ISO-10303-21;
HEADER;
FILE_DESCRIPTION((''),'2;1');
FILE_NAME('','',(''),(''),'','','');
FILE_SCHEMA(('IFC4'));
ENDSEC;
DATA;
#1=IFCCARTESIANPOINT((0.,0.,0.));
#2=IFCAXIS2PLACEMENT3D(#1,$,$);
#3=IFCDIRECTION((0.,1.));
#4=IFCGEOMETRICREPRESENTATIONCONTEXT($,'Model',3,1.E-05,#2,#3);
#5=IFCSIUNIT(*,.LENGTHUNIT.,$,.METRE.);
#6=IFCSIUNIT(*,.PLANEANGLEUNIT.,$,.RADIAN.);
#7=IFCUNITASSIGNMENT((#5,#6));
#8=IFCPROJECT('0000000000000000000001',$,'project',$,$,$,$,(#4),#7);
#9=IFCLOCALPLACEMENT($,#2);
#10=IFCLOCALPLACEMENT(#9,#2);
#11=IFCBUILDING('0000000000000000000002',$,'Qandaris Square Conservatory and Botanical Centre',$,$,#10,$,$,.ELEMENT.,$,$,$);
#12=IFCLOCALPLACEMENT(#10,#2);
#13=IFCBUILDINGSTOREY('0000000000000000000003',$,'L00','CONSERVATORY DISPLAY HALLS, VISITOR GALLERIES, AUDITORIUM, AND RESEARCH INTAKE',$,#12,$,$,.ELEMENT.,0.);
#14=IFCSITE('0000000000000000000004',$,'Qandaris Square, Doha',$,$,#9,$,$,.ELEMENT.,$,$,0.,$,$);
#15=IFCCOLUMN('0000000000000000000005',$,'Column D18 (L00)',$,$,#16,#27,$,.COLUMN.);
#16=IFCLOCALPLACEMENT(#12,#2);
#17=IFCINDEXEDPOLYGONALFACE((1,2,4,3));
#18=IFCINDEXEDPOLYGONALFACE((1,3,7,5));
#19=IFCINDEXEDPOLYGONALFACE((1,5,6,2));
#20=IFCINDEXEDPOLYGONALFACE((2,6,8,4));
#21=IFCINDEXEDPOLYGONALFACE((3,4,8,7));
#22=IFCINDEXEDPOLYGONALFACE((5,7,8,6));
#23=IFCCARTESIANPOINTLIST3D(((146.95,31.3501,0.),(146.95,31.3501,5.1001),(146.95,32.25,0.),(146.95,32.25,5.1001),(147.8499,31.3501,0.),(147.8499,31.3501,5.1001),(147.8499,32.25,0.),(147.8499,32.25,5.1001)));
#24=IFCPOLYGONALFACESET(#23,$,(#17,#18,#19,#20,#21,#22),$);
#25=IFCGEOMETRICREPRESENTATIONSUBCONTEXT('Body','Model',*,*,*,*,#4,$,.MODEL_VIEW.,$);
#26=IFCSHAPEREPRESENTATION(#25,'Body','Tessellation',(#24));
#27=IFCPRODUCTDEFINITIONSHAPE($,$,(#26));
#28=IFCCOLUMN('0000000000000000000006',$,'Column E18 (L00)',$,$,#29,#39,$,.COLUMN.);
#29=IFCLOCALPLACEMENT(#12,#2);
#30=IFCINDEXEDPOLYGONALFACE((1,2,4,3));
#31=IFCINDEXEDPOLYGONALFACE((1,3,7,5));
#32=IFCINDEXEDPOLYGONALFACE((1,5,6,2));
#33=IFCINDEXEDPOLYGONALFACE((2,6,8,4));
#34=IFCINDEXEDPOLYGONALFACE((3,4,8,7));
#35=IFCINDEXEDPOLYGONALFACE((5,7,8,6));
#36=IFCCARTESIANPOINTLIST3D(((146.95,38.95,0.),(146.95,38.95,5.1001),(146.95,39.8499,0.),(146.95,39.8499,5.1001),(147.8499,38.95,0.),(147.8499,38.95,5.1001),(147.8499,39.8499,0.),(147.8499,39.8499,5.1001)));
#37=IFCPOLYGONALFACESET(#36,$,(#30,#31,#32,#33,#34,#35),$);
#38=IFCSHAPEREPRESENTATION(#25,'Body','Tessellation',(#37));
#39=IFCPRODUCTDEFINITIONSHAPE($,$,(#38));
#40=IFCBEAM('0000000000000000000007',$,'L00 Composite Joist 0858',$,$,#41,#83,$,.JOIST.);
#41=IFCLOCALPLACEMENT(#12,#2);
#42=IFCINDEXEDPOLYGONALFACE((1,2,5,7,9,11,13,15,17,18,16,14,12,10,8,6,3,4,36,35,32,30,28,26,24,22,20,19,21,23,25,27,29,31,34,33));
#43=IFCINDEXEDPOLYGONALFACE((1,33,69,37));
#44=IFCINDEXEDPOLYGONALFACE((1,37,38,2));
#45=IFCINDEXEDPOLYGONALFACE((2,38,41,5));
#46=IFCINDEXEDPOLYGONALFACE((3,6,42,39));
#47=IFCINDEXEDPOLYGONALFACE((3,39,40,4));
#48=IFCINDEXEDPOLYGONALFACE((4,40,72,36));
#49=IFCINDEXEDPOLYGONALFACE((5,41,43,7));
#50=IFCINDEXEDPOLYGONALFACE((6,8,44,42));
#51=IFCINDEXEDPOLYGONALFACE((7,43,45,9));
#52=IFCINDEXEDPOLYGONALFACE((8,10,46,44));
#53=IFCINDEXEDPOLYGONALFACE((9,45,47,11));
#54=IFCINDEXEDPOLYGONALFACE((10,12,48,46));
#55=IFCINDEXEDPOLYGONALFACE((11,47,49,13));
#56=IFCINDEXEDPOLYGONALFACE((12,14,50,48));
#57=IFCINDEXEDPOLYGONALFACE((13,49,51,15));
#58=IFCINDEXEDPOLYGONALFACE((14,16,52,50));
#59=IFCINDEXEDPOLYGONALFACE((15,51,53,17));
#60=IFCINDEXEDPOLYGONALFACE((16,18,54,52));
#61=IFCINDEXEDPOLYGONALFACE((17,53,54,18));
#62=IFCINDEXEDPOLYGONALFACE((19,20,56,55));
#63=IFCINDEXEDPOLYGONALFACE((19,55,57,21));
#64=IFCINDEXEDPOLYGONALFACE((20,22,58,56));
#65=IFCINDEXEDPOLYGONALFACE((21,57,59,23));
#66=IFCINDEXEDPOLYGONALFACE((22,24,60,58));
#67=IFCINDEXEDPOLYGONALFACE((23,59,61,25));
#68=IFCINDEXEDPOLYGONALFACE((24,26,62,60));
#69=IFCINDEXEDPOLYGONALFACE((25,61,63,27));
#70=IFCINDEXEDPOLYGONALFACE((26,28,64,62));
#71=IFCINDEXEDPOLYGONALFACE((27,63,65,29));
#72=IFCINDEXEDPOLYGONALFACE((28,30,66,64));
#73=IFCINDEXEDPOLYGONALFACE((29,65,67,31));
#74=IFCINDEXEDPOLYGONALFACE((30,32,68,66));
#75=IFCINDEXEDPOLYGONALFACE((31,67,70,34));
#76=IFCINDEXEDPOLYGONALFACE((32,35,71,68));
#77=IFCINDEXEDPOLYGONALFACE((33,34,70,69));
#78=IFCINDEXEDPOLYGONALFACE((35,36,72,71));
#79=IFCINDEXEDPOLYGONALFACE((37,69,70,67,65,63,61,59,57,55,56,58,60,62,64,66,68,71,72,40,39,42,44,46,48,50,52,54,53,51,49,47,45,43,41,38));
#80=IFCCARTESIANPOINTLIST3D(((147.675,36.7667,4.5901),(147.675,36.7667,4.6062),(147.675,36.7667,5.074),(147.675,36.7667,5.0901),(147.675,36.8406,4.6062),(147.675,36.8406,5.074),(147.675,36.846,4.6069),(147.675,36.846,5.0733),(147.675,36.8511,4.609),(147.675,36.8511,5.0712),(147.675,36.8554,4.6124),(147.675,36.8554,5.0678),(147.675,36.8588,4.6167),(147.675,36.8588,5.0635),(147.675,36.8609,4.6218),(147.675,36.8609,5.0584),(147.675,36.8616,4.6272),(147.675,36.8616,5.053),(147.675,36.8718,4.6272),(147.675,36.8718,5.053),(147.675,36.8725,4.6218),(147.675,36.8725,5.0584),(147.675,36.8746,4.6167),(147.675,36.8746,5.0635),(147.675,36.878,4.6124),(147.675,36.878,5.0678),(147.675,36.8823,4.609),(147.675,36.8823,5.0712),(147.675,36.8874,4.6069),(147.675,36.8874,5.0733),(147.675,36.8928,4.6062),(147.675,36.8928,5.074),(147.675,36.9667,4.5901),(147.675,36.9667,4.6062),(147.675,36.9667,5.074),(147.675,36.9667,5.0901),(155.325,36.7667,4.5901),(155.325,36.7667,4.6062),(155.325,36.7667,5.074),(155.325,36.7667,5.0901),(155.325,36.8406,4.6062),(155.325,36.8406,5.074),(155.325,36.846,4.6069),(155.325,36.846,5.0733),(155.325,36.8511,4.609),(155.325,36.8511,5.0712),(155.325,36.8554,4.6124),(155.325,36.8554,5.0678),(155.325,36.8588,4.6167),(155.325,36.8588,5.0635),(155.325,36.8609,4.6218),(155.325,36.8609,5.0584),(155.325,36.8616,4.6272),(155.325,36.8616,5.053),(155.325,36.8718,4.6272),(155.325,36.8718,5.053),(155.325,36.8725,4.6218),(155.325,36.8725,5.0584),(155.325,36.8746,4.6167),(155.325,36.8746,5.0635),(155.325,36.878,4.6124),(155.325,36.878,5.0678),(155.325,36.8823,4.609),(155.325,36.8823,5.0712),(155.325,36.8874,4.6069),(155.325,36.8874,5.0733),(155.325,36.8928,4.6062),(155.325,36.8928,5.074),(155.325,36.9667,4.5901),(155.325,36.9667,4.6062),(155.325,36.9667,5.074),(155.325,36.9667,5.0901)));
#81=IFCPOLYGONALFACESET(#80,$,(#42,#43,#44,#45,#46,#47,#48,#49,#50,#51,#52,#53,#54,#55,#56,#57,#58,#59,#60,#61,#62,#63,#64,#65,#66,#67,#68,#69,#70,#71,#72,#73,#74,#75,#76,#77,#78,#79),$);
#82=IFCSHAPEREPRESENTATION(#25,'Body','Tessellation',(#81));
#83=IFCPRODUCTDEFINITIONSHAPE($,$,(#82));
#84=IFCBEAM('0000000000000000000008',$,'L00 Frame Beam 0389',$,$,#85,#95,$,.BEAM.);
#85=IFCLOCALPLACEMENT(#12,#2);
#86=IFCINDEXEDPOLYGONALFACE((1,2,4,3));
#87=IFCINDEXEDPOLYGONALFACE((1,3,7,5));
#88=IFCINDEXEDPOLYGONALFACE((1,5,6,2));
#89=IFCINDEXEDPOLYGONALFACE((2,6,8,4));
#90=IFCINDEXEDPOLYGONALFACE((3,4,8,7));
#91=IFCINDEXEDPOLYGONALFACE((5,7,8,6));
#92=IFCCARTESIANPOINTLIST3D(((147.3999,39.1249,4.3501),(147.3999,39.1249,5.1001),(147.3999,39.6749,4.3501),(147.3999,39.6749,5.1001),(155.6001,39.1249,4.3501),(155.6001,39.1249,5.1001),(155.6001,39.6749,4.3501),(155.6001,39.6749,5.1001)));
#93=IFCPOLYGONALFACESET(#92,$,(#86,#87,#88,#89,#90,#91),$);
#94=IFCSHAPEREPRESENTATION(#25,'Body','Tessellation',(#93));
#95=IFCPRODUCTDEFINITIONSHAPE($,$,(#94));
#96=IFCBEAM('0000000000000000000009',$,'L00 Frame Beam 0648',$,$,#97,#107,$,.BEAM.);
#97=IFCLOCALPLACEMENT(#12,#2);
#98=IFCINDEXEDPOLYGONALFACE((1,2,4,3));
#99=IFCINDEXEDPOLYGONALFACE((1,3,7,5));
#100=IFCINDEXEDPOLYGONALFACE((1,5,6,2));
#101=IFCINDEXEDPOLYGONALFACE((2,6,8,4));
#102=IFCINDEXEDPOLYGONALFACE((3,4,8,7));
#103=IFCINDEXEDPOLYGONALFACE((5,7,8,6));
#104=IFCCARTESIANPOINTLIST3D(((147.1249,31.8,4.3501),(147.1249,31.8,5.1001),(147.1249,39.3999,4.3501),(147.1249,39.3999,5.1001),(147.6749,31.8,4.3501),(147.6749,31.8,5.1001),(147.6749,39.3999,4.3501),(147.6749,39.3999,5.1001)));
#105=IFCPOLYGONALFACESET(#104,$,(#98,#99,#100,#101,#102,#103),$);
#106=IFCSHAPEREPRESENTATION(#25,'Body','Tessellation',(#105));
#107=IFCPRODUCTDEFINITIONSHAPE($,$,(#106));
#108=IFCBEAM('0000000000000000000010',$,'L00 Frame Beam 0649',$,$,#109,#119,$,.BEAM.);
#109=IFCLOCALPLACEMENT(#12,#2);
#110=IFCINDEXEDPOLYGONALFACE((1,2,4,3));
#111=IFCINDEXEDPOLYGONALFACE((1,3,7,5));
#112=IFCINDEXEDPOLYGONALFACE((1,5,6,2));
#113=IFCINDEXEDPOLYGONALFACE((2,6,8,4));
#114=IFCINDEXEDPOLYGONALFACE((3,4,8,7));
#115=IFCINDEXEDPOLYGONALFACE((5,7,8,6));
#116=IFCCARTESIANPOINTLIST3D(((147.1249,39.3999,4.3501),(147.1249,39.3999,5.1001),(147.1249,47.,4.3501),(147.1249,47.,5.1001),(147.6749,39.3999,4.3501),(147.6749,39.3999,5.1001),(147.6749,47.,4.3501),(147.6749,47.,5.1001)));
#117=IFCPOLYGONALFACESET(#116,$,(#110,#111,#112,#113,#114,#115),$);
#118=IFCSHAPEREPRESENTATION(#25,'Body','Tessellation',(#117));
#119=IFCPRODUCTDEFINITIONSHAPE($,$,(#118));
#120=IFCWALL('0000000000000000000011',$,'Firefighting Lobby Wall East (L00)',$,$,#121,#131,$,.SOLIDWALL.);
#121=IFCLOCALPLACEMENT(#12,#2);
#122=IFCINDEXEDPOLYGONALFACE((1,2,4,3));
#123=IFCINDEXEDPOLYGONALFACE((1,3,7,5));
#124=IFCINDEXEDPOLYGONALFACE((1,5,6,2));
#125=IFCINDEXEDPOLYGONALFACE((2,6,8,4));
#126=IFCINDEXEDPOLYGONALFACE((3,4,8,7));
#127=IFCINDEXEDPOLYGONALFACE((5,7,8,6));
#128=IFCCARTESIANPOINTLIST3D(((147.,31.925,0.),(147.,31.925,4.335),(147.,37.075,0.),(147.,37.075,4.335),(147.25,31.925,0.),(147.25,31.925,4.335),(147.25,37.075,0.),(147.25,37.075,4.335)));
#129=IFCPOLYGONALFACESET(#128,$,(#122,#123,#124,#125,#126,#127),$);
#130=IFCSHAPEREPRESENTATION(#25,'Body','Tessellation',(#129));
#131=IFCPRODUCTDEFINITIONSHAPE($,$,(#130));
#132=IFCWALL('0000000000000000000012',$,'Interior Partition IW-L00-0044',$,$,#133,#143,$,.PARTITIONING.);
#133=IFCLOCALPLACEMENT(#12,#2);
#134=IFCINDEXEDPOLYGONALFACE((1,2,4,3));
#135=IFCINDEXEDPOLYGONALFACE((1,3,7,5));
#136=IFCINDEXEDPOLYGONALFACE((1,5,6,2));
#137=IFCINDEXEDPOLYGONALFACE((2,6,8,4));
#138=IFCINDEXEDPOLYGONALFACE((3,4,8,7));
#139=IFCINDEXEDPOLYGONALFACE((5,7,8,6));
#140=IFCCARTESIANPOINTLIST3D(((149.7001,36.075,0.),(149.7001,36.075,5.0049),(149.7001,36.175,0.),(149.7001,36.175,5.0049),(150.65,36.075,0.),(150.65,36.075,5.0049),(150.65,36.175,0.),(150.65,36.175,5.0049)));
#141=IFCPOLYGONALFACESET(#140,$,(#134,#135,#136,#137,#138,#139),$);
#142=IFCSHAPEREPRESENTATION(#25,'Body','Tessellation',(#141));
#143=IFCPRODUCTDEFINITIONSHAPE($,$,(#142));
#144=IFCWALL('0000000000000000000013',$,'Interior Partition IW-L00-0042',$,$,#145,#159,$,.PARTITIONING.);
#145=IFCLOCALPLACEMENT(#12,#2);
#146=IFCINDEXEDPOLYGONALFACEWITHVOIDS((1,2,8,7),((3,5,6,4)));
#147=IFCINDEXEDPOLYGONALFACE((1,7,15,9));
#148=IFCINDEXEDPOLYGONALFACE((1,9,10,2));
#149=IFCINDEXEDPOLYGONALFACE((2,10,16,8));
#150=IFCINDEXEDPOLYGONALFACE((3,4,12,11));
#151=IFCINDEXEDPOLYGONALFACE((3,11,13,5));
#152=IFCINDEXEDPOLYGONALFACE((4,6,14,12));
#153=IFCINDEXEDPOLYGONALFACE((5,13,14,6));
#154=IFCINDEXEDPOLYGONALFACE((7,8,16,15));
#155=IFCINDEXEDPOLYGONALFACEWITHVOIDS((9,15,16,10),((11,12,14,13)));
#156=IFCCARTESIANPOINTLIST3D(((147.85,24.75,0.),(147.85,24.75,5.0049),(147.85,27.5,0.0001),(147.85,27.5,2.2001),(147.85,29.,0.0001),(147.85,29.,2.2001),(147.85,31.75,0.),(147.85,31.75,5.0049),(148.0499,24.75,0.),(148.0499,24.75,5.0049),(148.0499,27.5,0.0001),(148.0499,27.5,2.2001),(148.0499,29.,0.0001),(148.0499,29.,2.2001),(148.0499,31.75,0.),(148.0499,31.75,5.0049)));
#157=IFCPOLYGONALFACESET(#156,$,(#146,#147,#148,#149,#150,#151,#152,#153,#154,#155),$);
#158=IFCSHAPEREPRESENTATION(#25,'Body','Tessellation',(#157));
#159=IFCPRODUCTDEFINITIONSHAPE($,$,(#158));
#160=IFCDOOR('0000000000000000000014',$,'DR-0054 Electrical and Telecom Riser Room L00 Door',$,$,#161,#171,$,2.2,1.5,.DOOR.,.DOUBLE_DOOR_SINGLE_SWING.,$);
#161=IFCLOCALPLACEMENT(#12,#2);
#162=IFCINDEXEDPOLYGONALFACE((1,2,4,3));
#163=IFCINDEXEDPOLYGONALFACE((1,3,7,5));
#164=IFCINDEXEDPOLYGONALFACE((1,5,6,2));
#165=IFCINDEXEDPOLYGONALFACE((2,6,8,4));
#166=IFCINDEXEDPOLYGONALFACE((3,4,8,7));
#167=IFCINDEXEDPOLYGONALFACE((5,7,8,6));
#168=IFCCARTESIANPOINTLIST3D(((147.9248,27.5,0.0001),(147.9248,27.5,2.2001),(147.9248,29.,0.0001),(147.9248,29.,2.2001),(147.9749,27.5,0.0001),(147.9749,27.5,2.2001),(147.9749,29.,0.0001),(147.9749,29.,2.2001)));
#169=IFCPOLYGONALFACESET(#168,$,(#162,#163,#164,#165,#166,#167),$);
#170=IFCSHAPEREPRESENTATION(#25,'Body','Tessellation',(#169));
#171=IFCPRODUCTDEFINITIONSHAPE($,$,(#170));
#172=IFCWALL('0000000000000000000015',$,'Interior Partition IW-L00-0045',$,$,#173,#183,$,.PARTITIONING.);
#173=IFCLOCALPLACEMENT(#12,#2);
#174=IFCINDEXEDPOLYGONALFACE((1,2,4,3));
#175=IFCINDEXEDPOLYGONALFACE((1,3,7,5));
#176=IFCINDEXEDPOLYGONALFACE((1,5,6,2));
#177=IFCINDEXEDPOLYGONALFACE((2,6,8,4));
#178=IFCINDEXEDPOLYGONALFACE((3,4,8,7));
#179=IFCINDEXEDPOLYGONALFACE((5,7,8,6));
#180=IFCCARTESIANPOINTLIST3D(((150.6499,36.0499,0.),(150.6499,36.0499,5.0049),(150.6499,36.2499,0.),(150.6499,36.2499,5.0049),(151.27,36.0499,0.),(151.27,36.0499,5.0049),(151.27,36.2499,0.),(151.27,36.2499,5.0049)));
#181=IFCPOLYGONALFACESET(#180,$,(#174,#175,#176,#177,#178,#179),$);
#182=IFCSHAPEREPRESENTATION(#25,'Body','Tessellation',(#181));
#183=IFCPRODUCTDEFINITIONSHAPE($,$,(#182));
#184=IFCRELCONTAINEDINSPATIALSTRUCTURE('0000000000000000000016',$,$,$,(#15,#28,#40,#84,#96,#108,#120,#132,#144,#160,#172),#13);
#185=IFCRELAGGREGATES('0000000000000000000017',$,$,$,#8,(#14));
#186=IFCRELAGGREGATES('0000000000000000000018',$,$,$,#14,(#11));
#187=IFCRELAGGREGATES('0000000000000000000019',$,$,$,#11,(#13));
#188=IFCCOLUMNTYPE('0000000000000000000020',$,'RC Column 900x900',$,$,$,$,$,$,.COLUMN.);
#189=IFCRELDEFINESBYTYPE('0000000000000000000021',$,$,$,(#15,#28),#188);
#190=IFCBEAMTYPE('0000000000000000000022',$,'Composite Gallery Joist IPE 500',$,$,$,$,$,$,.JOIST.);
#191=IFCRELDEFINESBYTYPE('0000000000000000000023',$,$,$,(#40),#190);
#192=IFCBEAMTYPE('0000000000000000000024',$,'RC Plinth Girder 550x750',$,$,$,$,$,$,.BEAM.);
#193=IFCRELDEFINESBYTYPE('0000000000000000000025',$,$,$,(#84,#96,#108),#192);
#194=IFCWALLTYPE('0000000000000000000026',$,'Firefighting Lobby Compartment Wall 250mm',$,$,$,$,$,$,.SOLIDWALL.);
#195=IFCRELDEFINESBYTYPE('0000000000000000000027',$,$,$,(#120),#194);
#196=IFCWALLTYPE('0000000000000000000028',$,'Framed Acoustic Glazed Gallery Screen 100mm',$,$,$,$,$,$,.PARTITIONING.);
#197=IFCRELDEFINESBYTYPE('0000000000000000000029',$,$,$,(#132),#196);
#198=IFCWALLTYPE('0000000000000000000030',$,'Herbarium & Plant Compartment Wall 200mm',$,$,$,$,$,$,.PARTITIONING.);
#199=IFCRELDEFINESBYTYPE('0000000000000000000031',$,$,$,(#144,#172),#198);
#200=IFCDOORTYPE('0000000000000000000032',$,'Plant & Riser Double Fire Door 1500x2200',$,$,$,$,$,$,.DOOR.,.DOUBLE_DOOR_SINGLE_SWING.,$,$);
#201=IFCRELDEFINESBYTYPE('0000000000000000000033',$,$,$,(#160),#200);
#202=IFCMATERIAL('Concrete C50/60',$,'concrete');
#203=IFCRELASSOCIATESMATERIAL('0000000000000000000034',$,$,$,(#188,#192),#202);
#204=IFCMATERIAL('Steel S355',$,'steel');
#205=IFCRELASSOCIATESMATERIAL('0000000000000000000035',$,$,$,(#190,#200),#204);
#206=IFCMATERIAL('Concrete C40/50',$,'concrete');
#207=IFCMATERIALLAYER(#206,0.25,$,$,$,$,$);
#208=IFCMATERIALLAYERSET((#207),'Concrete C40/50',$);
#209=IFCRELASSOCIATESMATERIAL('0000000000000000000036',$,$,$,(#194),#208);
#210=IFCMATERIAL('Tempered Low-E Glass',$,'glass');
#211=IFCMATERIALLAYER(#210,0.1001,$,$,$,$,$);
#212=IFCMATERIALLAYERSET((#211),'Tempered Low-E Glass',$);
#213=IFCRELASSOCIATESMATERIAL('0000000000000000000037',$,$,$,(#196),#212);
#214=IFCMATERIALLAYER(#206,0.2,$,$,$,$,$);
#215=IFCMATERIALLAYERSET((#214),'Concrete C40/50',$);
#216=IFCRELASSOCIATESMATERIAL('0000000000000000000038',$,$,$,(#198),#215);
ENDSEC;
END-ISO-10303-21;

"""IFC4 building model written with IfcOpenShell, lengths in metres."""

from ifc_helpers import new_model, si_unit, direction, frame, frame_2d, origin, origin_2d, place, context, subcontext, project, spatial, rectangle, i_section, extrude, material, layer, layer_set, material_profile, profile_set, type_object, element, fill, save


model = new_model("IFC4")

# Units and contexts
model_context = context("Model", 3, precision=1e-05, world=origin(), true_north=direction((0.0, 1.0)))
body_context = subcontext(model_context, "Body", "Model", "MODEL_VIEW")
ifc_project = project(units=[si_unit("LENGTHUNIT", "METRE"), si_unit("PLANEANGLEUNIT", "RADIAN")], contexts=[model_context])

# Site, building, storey
site_placement = place(None, origin())
site = spatial("IfcSite", under=ifc_project, at=site_placement, Name="Qandaris Square, Doha", CompositionType="ELEMENT", RefElevation=0.0)
building_placement = place(site_placement, origin())
building = spatial("IfcBuilding", under=site, at=building_placement, Name="Qandaris Square Conservatory and Botanical Centre", CompositionType="ELEMENT")
storey_placement = place(building_placement, origin())
storey = spatial("IfcBuildingStorey", under=building, at=storey_placement, Name="L00", Description="CONSERVATORY DISPLAY HALLS, VISITOR GALLERIES, AUDITORIUM, AND RESEARCH INTAKE", CompositionType="ELEMENT", Elevation=0.0)

# Columns
ifc_material_1 = material(Name="Concrete C50/60", Category="concrete")
ifc_material_profile_1 = material_profile(ifc_material_1, rectangle(XDim=0.8999, YDim=0.8999, at=origin_2d()), Name="RC-COL 900x900")
ifc_profile_set_1 = profile_set([ifc_material_profile_1], Name="Concrete C50/60")
column_type = type_object("IfcColumnType", Name="RC Column 900x900", PredefinedType="COLUMN", material=ifc_profile_set_1)
for number, where, z_axis, x_axis, name in (
    (1, (147.3999, 31.8, 0.0), (0.0, 0.0, 1.0), (1.0, 0.0, 0.0), "Column D18 (L00)"),
    (2, (147.3999, 39.3999, 0.0), (0.0, 0.0, 1.0), (1.0, 0.0, 0.0), "Column E18 (L00)"),
):
    element("IfcColumn", number, at=place(storey_placement, frame(where, z_axis=z_axis, x_axis=x_axis)), inside=storey, type_object=column_type, Name=name, PredefinedType="COLUMN", context=body_context, shape_type="SweptSolid", body=[
        extrude(rectangle(XDim=0.8999, YDim=0.8999, at=origin_2d()), origin(), (0.0, 0.0, 1.0), 5.1001),
    ])

# Beams
ifc_material_2 = material(Name="Steel S355", Category="steel")
ifc_material_profile_2 = material_profile(ifc_material_2, i_section(OverallWidth=0.2, OverallDepth=0.5, WebThickness=0.0103, FlangeThickness=0.0161, FilletRadius=0.021, at=origin_2d()), Name="IPE 500")
ifc_profile_set_2 = profile_set([ifc_material_profile_2], Name="Steel S355")
beam_type_1 = type_object("IfcBeamType", Name="Composite Gallery Joist IPE 500", PredefinedType="JOIST", material=ifc_profile_set_2)
beam_1_placement = place(storey_placement, frame((147.675, 36.8667, 4.8401), z_axis=(1.0, 0.0, 0.0), x_axis=(0.0, 1.0, 0.0)))
element("IfcBeam", 3, at=beam_1_placement, inside=storey, type_object=beam_type_1, Name="L00 Composite Joist 0858", PredefinedType="JOIST", context=body_context, shape_type="SweptSolid", body=[
    extrude(i_section(OverallWidth=0.2, OverallDepth=0.5, WebThickness=0.0103, FlangeThickness=0.0161, FilletRadius=0.021, at=origin_2d()), origin(), (0.0, 0.0, 1.0), 7.6499),
])
ifc_material_profile_3 = material_profile(ifc_material_1, rectangle(XDim=0.55, YDim=0.75, at=origin_2d()), Name="RC-BM 550x750")
ifc_profile_set_3 = profile_set([ifc_material_profile_3], Name="Concrete C50/60")
beam_type_2 = type_object("IfcBeamType", Name="RC Plinth Girder 550x750", PredefinedType="BEAM", material=ifc_profile_set_3)
beam_2_placement = place(storey_placement, frame((147.3999, 39.3999, 4.7251), z_axis=(1.0, 0.0, 0.0), x_axis=(0.0, 1.0, 0.0)))
element("IfcBeam", 4, at=beam_2_placement, inside=storey, type_object=beam_type_2, Name="L00 Frame Beam 0389", PredefinedType="BEAM", context=body_context, shape_type="SweptSolid", body=[
    extrude(rectangle(XDim=0.55, YDim=0.75, at=origin_2d()), origin(), (0.0, 0.0, 1.0), 8.2002),
])
beam_3_placement = place(storey_placement, frame((147.3999, 31.8, 4.7251), z_axis=(0.0, 1.0, 0.0), x_axis=(-1.0, 0.0, 0.0)))
element("IfcBeam", 5, at=beam_3_placement, inside=storey, type_object=beam_type_2, Name="L00 Frame Beam 0648", PredefinedType="BEAM", context=body_context, shape_type="SweptSolid", body=[
    extrude(rectangle(XDim=0.55, YDim=0.75, at=origin_2d()), origin(), (0.0, 0.0, 1.0), 7.5999),
])
beam_4_placement = place(storey_placement, frame((147.3999, 39.3999, 4.7251), z_axis=(0.0, 1.0, 0.0), x_axis=(-1.0, 0.0, 0.0)))
element("IfcBeam", 6, at=beam_4_placement, inside=storey, type_object=beam_type_2, Name="L00 Frame Beam 0649", PredefinedType="BEAM", context=body_context, shape_type="SweptSolid", body=[
    extrude(rectangle(XDim=0.55, YDim=0.75, at=origin_2d()), origin(), (0.0, 0.0, 1.0), 7.6001),
])

# Walls
ifc_material_3 = material(Name="Concrete C40/50", Category="concrete")
ifc_layer_1 = layer(ifc_material_3, 0.25)
ifc_layer_set_1 = layer_set([ifc_layer_1], Name="Concrete C40/50")
wall_type_1 = type_object("IfcWallType", Name="Firefighting Lobby Compartment Wall 250mm", PredefinedType="SOLIDWALL", material=ifc_layer_set_1)
wall_1_placement = place(storey_placement, frame((147.125, 31.925, 0.0), z_axis=(0.0, 0.0, 1.0), x_axis=(0.0, 1.0, 0.0)))
element("IfcWall", 7, at=wall_1_placement, inside=storey, type_object=wall_type_1, Name="Firefighting Lobby Wall East (L00)", PredefinedType="SOLIDWALL", context=body_context, shape_type="SweptSolid", body=[
    extrude(rectangle(XDim=5.1499, YDim=0.25, at=frame_2d((2.575, 0.0))), origin(), (0.0, 0.0, 1.0), 4.335),
])
ifc_material_4 = material(Name="Tempered Low-E Glass", Category="glass")
ifc_layer_2 = layer(ifc_material_4, 0.1001)
ifc_layer_set_2 = layer_set([ifc_layer_2], Name="Tempered Low-E Glass")
wall_type_2 = type_object("IfcWallType", Name="Framed Acoustic Glazed Gallery Screen 100mm", PredefinedType="PARTITIONING", material=ifc_layer_set_2)
wall_2_placement = place(storey_placement, frame((149.7, 36.125, 0.0), z_axis=(0.0, 0.0, 1.0), x_axis=(1.0, 0.0, 0.0)))
element("IfcWall", 8, at=wall_2_placement, inside=storey, type_object=wall_type_2, Name="Interior Partition IW-L00-0044", PredefinedType="PARTITIONING", context=body_context, shape_type="SweptSolid", body=[
    extrude(rectangle(XDim=0.95, YDim=0.1001, at=frame_2d((0.4751, 0.0))), origin(), (0.0, 0.0, 1.0), 5.0049),
])

# Wall, opening, door
ifc_layer_3 = layer(ifc_material_3, 0.2)
ifc_layer_set_3 = layer_set([ifc_layer_3], Name="Concrete C40/50")
wall_type_3 = type_object("IfcWallType", Name="Herbarium & Plant Compartment Wall 200mm", PredefinedType="PARTITIONING", material=ifc_layer_set_3)
wall_3_placement = place(storey_placement, frame((147.95, 31.75, 0.0), z_axis=(0.0, 0.0, 1.0), x_axis=(0.0, -1.0, 0.0)))
wall_3 = element("IfcWall", 9, at=wall_3_placement, inside=storey, type_object=wall_type_3, Name="Interior Partition IW-L00-0042", PredefinedType="PARTITIONING", context=body_context, shape_type="SweptSolid", body=[
    extrude(rectangle(XDim=7.0, YDim=0.2, at=frame_2d((3.5, 0.0))), origin(), (0.0, 0.0, 1.0), 5.0049),
])
opening_1_placement = place(wall_3_placement, frame((2.75, 0.0, 0.0)))
opening_1 = element("IfcOpeningElement", 10, at=opening_1_placement, cuts=wall_3, PredefinedType="OPENING", context=body_context, shape_type="SweptSolid", body=[
    extrude(rectangle(XDim=1.5, YDim=2.2, at=frame_2d((0.75, 1.1001))), frame((0.0, 0.1118, 0.0), z_axis=(0.0, -1.0, 0.0), x_axis=(1.0, 0.0, 0.0)), (0.0, 0.0, 1.0), 0.2239),
])
door_type_1 = type_object("IfcDoorType", Name="Plant & Riser Double Fire Door 1500x2200", OperationType="DOUBLE_DOOR_SINGLE_SWING", PredefinedType="DOOR", material=ifc_material_2)
door_1_placement = place(opening_1_placement, origin())
door_1 = element("IfcDoor", 11, at=door_1_placement, inside=storey, type_object=door_type_1, Name="DR-0054 Electrical and Telecom Riser Room L00 Door", OperationType="DOUBLE_DOOR_SINGLE_SWING", OverallHeight=2.2, OverallWidth=1.5, PredefinedType="DOOR", context=body_context, shape_type="SweptSolid", body=[
    extrude(rectangle(XDim=1.5, YDim=2.2, at=frame_2d((0.75, 1.1001))), frame((0.0, 0.0249, 0.0), z_axis=(0.0, -1.0, 0.0), x_axis=(1.0, 0.0, 0.0)), (0.0, 0.0, 1.0), 0.05),
])
fill(opening_1, door_1)

# Wall
wall_4_placement = place(storey_placement, frame((150.6499, 36.1499, 0.0), z_axis=(0.0, 0.0, 1.0), x_axis=(1.0, 0.0, 0.0)))
element("IfcWall", 12, at=wall_4_placement, inside=storey, type_object=wall_type_3, Name="Interior Partition IW-L00-0045", PredefinedType="PARTITIONING", context=body_context, shape_type="SweptSolid", body=[
    extrude(rectangle(XDim=0.6201, YDim=0.2, at=frame_2d((0.3101, 0.0))), origin(), (0.0, 0.0, 1.0), 5.0049),
])

save(model, "model.ifc")
